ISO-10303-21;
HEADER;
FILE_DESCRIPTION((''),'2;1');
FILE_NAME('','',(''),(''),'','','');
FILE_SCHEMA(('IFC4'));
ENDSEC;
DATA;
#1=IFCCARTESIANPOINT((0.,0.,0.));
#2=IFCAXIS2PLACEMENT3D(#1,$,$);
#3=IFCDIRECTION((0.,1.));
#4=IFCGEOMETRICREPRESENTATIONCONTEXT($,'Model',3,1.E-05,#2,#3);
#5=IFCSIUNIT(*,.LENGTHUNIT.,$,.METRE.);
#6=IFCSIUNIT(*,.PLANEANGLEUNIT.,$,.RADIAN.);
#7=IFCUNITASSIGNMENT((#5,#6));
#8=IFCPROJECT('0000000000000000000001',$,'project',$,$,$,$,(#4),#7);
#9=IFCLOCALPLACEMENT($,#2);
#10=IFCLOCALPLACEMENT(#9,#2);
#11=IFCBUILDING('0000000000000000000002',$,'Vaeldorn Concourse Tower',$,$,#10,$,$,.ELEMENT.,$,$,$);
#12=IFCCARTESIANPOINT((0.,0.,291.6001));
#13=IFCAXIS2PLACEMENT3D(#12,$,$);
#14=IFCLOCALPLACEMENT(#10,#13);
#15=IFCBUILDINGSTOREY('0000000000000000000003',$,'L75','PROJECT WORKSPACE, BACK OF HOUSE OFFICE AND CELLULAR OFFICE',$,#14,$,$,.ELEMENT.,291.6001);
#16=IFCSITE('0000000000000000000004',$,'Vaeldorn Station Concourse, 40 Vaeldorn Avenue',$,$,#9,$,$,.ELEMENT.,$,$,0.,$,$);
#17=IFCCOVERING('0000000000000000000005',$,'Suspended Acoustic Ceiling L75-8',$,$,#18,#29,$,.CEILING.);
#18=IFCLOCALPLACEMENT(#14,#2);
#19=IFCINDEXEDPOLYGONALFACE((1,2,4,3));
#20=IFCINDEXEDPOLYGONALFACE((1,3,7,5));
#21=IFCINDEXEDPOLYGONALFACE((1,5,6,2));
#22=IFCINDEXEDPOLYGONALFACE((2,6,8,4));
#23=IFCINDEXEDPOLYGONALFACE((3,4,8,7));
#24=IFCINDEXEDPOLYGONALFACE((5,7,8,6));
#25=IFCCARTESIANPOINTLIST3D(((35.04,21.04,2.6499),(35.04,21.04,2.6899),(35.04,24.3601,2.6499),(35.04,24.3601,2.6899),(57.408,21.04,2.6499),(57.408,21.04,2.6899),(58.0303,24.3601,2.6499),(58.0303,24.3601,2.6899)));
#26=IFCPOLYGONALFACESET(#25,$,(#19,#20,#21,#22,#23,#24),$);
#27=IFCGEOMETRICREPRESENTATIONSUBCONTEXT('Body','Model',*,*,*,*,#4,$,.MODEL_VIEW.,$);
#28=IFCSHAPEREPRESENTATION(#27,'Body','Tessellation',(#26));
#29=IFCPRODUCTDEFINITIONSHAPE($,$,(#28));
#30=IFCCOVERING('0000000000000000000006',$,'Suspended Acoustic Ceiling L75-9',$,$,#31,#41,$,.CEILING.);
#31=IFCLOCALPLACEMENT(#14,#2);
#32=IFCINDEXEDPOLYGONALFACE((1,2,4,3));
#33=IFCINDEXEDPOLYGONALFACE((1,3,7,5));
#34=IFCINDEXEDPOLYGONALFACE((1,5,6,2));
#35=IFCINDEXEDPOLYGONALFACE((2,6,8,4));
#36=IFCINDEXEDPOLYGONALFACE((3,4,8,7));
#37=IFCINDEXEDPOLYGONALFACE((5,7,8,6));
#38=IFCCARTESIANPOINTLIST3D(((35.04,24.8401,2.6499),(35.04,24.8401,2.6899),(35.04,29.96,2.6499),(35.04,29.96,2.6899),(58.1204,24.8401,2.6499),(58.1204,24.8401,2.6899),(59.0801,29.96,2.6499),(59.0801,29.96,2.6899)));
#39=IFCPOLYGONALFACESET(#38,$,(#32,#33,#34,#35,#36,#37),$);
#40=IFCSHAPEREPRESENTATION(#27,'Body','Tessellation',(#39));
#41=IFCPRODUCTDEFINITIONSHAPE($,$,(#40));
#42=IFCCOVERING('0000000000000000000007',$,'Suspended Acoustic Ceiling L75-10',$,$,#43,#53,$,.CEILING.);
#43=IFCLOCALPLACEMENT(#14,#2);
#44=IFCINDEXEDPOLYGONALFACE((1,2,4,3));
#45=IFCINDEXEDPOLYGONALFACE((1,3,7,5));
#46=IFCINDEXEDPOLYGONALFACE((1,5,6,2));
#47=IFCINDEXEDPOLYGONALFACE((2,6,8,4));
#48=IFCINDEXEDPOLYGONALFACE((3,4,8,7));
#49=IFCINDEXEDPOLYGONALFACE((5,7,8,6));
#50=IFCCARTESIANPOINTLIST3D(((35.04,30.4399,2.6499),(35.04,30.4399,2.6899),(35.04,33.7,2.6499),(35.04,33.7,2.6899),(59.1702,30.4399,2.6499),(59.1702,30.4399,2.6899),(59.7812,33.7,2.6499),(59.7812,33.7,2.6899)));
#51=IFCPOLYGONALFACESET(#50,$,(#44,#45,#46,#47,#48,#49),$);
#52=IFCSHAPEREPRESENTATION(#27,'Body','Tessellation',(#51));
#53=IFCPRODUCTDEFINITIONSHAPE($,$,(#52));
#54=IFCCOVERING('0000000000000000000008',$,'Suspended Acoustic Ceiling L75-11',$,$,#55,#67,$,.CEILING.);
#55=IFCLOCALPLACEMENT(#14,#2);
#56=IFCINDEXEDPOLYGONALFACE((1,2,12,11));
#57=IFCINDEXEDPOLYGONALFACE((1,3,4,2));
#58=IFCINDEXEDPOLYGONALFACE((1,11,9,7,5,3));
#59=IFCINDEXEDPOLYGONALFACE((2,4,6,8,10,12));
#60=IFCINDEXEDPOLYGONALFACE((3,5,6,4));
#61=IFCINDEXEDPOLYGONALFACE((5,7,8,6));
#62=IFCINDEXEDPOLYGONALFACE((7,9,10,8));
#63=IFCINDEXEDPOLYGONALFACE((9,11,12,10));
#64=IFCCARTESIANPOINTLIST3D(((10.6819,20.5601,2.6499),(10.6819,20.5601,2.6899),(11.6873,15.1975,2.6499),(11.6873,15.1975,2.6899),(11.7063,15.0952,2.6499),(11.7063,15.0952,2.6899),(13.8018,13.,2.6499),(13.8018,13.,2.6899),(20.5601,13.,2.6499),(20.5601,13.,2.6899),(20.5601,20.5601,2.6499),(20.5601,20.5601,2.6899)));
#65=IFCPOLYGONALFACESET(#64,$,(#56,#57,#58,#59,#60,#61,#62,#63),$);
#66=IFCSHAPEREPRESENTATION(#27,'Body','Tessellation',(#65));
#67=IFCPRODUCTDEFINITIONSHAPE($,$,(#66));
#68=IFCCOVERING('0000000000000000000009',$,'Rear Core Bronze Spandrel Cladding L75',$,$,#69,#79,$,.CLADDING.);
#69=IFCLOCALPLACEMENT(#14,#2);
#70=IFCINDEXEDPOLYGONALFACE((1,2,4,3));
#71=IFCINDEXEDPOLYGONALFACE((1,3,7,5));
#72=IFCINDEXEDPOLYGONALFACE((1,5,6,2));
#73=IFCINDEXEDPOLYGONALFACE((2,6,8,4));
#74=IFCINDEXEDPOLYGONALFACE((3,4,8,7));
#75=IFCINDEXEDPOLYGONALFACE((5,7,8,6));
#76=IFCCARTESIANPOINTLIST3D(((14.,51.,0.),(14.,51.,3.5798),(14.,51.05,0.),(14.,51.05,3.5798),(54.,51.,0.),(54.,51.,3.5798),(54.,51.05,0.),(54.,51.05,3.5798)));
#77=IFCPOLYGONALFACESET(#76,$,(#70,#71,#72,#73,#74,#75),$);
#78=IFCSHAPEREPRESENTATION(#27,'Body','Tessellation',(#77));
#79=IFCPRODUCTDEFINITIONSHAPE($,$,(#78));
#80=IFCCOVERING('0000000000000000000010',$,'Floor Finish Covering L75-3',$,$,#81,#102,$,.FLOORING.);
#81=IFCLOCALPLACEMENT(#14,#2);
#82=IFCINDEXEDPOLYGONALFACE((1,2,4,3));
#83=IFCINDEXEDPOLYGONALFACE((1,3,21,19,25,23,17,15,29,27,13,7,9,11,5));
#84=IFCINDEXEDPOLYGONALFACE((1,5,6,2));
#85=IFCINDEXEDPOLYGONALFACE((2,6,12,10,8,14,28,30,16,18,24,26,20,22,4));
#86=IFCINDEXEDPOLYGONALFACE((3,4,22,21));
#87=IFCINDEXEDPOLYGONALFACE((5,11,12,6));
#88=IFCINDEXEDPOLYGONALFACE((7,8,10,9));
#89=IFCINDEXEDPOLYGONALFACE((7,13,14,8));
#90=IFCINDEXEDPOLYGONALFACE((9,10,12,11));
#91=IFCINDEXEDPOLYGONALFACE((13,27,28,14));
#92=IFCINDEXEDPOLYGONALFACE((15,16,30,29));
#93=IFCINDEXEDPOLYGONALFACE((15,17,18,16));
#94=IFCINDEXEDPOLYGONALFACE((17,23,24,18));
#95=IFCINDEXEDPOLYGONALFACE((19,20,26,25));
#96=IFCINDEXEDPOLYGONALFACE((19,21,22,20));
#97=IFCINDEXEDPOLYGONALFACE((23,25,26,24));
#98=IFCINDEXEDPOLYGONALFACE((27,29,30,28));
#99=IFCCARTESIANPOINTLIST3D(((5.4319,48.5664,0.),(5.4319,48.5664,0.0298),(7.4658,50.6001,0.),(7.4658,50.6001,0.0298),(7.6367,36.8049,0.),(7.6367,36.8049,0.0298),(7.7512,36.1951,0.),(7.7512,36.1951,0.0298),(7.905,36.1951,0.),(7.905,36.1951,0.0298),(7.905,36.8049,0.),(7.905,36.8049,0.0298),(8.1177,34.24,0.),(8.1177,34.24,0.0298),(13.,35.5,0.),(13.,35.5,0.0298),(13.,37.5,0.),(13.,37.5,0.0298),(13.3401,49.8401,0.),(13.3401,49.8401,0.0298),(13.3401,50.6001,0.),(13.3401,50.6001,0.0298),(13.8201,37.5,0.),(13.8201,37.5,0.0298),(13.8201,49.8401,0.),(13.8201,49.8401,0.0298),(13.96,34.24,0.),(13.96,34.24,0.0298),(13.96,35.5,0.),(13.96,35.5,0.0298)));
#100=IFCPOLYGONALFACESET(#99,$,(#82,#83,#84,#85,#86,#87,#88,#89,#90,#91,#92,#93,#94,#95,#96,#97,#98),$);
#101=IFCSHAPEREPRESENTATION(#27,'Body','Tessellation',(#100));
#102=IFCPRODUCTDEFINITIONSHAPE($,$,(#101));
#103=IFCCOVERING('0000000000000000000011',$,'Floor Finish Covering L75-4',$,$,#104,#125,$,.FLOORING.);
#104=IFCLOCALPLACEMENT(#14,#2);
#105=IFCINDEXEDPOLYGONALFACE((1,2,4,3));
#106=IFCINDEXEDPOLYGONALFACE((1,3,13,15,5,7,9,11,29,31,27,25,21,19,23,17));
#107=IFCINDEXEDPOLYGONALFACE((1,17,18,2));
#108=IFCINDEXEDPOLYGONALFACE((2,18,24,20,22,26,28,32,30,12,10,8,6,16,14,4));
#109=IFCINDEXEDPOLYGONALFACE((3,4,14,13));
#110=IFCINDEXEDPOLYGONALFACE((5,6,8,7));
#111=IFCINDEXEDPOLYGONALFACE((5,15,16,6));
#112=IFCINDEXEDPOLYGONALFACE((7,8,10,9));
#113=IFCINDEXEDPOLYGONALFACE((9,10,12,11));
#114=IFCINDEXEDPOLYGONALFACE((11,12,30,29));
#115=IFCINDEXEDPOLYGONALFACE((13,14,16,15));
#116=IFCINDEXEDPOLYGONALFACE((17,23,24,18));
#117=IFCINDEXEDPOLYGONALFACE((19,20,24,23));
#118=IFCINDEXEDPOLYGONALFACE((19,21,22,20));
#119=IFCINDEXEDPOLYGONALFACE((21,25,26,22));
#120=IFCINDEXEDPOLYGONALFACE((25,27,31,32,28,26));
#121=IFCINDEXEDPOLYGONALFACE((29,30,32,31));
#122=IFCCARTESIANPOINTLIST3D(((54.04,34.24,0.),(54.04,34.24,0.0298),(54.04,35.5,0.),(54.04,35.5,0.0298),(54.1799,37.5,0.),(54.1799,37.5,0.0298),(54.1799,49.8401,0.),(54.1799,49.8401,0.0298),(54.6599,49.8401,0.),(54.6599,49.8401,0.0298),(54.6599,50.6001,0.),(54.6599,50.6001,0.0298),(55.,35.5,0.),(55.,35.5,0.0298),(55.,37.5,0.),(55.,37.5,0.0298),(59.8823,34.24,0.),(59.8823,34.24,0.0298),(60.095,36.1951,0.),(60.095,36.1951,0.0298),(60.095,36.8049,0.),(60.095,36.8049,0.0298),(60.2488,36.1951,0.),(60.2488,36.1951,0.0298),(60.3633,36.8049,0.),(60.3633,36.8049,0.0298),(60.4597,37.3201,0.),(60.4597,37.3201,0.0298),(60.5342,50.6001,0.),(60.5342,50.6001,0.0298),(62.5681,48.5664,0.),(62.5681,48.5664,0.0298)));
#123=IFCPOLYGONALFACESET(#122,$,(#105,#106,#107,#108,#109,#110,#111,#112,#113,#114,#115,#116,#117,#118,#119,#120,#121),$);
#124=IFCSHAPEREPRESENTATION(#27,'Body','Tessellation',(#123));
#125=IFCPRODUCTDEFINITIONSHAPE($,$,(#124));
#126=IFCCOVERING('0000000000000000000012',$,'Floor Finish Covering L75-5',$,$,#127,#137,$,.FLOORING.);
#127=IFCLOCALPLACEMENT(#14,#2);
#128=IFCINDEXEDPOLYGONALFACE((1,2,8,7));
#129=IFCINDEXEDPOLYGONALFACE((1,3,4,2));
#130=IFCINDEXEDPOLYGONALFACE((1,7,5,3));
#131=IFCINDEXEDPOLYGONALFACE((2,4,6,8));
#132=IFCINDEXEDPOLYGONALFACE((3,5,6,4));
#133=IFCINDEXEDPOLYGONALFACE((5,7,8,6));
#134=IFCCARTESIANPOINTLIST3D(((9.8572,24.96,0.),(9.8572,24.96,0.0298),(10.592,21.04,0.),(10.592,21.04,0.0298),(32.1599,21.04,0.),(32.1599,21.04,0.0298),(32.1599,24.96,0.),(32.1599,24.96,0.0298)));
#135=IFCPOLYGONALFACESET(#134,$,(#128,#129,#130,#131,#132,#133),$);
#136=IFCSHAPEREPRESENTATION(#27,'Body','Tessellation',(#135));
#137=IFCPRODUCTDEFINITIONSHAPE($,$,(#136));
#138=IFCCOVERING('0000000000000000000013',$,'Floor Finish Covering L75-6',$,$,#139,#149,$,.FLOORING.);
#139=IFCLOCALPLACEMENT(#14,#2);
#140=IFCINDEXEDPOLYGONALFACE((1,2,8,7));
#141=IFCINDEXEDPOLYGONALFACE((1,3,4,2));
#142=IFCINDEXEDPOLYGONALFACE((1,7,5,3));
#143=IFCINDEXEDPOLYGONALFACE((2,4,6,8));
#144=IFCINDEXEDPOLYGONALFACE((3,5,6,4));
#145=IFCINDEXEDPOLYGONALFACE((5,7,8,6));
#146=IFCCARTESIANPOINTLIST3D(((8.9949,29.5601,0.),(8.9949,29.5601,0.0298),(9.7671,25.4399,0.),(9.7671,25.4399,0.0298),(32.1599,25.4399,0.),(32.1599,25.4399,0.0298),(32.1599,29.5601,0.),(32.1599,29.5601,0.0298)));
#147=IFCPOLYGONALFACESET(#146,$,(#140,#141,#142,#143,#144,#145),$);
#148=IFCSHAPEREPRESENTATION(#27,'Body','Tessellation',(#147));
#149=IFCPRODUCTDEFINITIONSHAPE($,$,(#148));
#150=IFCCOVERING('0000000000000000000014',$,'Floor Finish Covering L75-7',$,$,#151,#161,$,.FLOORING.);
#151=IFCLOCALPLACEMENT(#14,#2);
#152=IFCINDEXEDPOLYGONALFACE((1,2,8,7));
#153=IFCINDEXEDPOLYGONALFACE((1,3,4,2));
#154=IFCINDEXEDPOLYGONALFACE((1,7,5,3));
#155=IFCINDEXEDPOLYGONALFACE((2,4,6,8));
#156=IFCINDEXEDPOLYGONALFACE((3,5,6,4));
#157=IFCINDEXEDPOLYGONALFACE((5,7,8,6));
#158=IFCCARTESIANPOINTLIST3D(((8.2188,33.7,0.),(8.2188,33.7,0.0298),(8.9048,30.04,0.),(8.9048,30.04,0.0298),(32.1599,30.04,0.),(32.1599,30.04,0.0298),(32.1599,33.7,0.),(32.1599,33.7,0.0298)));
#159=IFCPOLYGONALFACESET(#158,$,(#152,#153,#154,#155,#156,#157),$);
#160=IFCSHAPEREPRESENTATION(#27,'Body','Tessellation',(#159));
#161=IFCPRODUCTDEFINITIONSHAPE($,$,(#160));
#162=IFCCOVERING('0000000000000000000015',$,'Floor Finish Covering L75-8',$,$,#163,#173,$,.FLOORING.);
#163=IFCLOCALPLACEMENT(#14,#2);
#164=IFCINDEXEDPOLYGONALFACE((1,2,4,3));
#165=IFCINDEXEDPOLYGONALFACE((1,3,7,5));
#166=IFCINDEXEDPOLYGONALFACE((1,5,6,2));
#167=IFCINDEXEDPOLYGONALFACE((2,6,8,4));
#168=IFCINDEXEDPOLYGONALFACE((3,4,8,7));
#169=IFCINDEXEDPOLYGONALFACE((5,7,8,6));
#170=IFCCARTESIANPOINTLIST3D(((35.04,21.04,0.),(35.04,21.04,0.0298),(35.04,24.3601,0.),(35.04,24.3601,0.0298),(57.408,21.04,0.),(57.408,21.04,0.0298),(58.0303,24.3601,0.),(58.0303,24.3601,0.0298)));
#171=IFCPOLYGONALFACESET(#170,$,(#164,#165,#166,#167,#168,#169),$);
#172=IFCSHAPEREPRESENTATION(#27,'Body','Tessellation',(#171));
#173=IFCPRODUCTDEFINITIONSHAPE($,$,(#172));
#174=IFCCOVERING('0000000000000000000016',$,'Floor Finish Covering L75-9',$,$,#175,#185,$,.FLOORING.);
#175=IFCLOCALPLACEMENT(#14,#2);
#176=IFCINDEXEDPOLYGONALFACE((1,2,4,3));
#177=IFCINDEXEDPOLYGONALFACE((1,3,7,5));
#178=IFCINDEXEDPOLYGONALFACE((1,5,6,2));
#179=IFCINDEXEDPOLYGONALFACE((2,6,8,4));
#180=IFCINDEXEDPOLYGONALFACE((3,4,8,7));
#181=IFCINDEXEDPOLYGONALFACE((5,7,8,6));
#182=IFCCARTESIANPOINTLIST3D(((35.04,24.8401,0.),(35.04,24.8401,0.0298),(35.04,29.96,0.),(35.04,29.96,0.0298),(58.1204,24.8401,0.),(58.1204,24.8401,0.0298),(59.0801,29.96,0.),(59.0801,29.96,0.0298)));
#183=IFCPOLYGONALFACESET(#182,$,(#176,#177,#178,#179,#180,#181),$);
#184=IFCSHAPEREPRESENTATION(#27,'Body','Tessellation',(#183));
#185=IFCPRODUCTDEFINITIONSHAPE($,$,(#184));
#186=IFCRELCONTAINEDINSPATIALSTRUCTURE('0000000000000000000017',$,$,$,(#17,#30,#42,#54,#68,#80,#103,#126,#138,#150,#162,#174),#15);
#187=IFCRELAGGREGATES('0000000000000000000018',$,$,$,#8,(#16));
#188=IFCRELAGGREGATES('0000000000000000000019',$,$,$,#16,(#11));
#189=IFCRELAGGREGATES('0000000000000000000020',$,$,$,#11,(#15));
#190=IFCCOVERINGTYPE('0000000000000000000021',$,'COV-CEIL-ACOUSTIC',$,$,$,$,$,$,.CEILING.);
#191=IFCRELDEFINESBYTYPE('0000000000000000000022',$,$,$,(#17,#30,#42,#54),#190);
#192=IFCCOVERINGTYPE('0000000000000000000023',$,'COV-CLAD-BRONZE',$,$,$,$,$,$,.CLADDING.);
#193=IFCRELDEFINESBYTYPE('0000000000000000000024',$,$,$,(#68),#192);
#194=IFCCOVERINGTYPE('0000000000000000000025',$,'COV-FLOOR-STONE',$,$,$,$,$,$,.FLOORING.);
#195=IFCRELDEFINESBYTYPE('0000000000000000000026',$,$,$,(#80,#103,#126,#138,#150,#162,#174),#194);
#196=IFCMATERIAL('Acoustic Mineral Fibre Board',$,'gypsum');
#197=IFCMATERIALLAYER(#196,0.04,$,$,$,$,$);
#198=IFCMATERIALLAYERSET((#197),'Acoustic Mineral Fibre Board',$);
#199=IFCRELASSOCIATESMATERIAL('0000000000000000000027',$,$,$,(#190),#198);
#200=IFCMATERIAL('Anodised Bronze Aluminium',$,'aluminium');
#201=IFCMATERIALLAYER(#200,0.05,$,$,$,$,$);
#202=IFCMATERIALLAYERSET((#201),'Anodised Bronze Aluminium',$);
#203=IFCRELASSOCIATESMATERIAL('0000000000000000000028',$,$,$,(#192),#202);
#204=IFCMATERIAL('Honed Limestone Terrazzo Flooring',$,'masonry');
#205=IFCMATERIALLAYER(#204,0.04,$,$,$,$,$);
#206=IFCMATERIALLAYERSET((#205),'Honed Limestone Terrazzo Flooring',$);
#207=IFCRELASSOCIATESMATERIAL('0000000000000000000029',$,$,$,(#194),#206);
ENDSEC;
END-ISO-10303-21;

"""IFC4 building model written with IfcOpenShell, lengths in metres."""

from ifc_helpers import new_model, si_unit, direction, frame, origin, place, context, subcontext, project, spatial, polyline, outline, extrude, material, layer, layer_set, type_object, element, save


model = new_model("IFC4")

# Units and contexts
model_context = context("Model", 3, precision=1e-05, world=origin(), true_north=direction((0.0, 1.0)))
body_context = subcontext(model_context, "Body", "Model", "MODEL_VIEW")
ifc_project = project(units=[si_unit("LENGTHUNIT", "METRE"), si_unit("PLANEANGLEUNIT", "RADIAN")], contexts=[model_context])

# Site, building, storey
site_placement = place(None, origin())
site = spatial("IfcSite", under=ifc_project, at=site_placement, Name="Vaeldorn Station Concourse, 40 Vaeldorn Avenue", CompositionType="ELEMENT", RefElevation=0.0)
building_placement = place(site_placement, origin())
building = spatial("IfcBuilding", under=site, at=building_placement, Name="Vaeldorn Concourse Tower", CompositionType="ELEMENT")
storey_placement = place(building_placement, frame((0.0, 0.0, 291.6001)))
storey = spatial("IfcBuildingStorey", under=building, at=storey_placement, Name="L75", Description="PROJECT WORKSPACE, BACK OF HOUSE OFFICE AND CELLULAR OFFICE", CompositionType="ELEMENT", Elevation=291.6001)

# Coverings
ifc_material_1 = material(Name="Acoustic Mineral Fibre Board", Category="gypsum")
ifc_layer_1 = layer(ifc_material_1, 0.04)
ifc_layer_set_1 = layer_set([ifc_layer_1], Name="Acoustic Mineral Fibre Board")
covering_type_1 = type_object("IfcCoveringType", Name="COV-CEIL-ACOUSTIC", PredefinedType="CEILING", material=ifc_layer_set_1)
covering_1_placement = place(storey_placement, frame((0.0, 0.0, 2.6499)))
element("IfcCovering", 1, at=covering_1_placement, inside=storey, type_object=covering_type_1, Name="Suspended Acoustic Ceiling L75-8", PredefinedType="CEILING", context=body_context, shape_type="SweptSolid", body=[
    extrude(outline(polyline([(35.04, 21.04), (35.04, 24.3601), (58.0303, 24.3601), (57.408, 21.04), (35.04, 21.04)])), origin(), (0.0, 0.0, 1.0), 0.04),
])
covering_2_placement = place(storey_placement, frame((0.0, 0.0, 2.6499)))
element("IfcCovering", 2, at=covering_2_placement, inside=storey, type_object=covering_type_1, Name="Suspended Acoustic Ceiling L75-9", PredefinedType="CEILING", context=body_context, shape_type="SweptSolid", body=[
    extrude(outline(polyline([(35.04, 24.8401), (35.04, 29.96), (59.0801, 29.96), (58.1204, 24.8401), (35.04, 24.8401)])), origin(), (0.0, 0.0, 1.0), 0.04),
])
covering_3_placement = place(storey_placement, frame((0.0, 0.0, 2.6499)))
element("IfcCovering", 3, at=covering_3_placement, inside=storey, type_object=covering_type_1, Name="Suspended Acoustic Ceiling L75-10", PredefinedType="CEILING", context=body_context, shape_type="SweptSolid", body=[
    extrude(outline(polyline([(35.04, 30.4399), (35.04, 33.7), (59.7812, 33.7), (59.1702, 30.4399), (35.04, 30.4399)])), origin(), (0.0, 0.0, 1.0), 0.04),
])
covering_4_placement = place(storey_placement, frame((0.0, 0.0, 2.6499)))
element("IfcCovering", 4, at=covering_4_placement, inside=storey, type_object=covering_type_1, Name="Suspended Acoustic Ceiling L75-11", PredefinedType="CEILING", context=body_context, shape_type="SweptSolid", body=[
    extrude(outline(polyline([(20.5601, 20.5601), (20.5601, 13.0), (13.8018, 13.0), (11.7063, 15.0952), (11.6873, 15.1975), (10.6819, 20.5601), (20.5601, 20.5601)])), origin(), (0.0, 0.0, 1.0), 0.04),
])
ifc_material_2 = material(Name="Anodised Bronze Aluminium", Category="aluminium")
ifc_layer_2 = layer(ifc_material_2, 0.05)
ifc_layer_set_2 = layer_set([ifc_layer_2], Name="Anodised Bronze Aluminium")
covering_type_2 = type_object("IfcCoveringType", Name="COV-CLAD-BRONZE", PredefinedType="CLADDING", material=ifc_layer_set_2)
covering_5_placement = place(storey_placement, origin())
element("IfcCovering", 5, at=covering_5_placement, inside=storey, type_object=covering_type_2, Name="Rear Core Bronze Spandrel Cladding L75", PredefinedType="CLADDING", context=body_context, shape_type="SweptSolid", body=[
    extrude(outline(polyline([(14.0, 51.0), (54.0, 51.0), (54.0, 51.05), (14.0, 51.05), (14.0, 51.0)])), origin(), (0.0, 0.0, 1.0), 3.5798),
])
ifc_material_3 = material(Name="Honed Limestone Terrazzo Flooring", Category="masonry")
ifc_layer_3 = layer(ifc_material_3, 0.04)
ifc_layer_set_3 = layer_set([ifc_layer_3], Name="Honed Limestone Terrazzo Flooring")
covering_type_3 = type_object("IfcCoveringType", Name="COV-FLOOR-STONE", PredefinedType="FLOORING", material=ifc_layer_set_3)
covering_6_placement = place(storey_placement, origin())
element("IfcCovering", 6, at=covering_6_placement, inside=storey, type_object=covering_type_3, Name="Floor Finish Covering L75-3", PredefinedType="FLOORING", context=body_context, shape_type="SweptSolid", body=[
    extrude(outline(polyline([(7.4658, 50.6001), (13.3401, 50.6001), (13.3401, 49.8401), (13.8201, 49.8401), (13.8201, 37.5), (13.0, 37.5), (13.0, 35.5), (13.96, 35.5), (13.96, 34.24), (8.1177, 34.24), (7.7512, 36.1951), (7.905, 36.1951), (7.905, 36.8049), (7.6367, 36.8049), (5.4319, 48.5664), (7.4658, 50.6001)])), origin(), (0.0, 0.0, 1.0), 0.0298),
])
covering_7_placement = place(storey_placement, origin())
element("IfcCovering", 7, at=covering_7_placement, inside=storey, type_object=covering_type_3, Name="Floor Finish Covering L75-4", PredefinedType="FLOORING", context=body_context, shape_type="SweptSolid", body=[
    extrude(outline(polyline([(54.1799, 49.8401), (54.6599, 49.8401), (54.6599, 50.6001), (60.5342, 50.6001), (62.5681, 48.5664), (60.4597, 37.3201), (60.4597, 37.3201), (60.3633, 36.8049), (60.095, 36.8049), (60.095, 36.1951), (60.2488, 36.1951), (59.8823, 34.24), (54.04, 34.24), (54.04, 35.5), (55.0, 35.5), (55.0, 37.5), (54.1799, 37.5), (54.1799, 49.8401)])), origin(), (0.0, 0.0, 1.0), 0.0298),
])
covering_8_placement = place(storey_placement, origin())
element("IfcCovering", 8, at=covering_8_placement, inside=storey, type_object=covering_type_3, Name="Floor Finish Covering L75-5", PredefinedType="FLOORING", context=body_context, shape_type="SweptSolid", body=[
    extrude(outline(polyline([(32.1599, 24.96), (32.1599, 21.04), (10.592, 21.04), (9.8572, 24.96), (32.1599, 24.96)])), origin(), (0.0, 0.0, 1.0), 0.0298),
])
covering_9_placement = place(storey_placement, origin())
element("IfcCovering", 9, at=covering_9_placement, inside=storey, type_object=covering_type_3, Name="Floor Finish Covering L75-6", PredefinedType="FLOORING", context=body_context, shape_type="SweptSolid", body=[
    extrude(outline(polyline([(32.1599, 29.5601), (32.1599, 25.4399), (9.7671, 25.4399), (8.9949, 29.5601), (32.1599, 29.5601)])), origin(), (0.0, 0.0, 1.0), 0.0298),
])
covering_10_placement = place(storey_placement, origin())
element("IfcCovering", 10, at=covering_10_placement, inside=storey, type_object=covering_type_3, Name="Floor Finish Covering L75-7", PredefinedType="FLOORING", context=body_context, shape_type="SweptSolid", body=[
    extrude(outline(polyline([(32.1599, 33.7), (32.1599, 30.04), (8.9048, 30.04), (8.2188, 33.7), (32.1599, 33.7)])), origin(), (0.0, 0.0, 1.0), 0.0298),
])
covering_11_placement = place(storey_placement, origin())
element("IfcCovering", 11, at=covering_11_placement, inside=storey, type_object=covering_type_3, Name="Floor Finish Covering L75-8", PredefinedType="FLOORING", context=body_context, shape_type="SweptSolid", body=[
    extrude(outline(polyline([(35.04, 21.04), (35.04, 24.3601), (58.0303, 24.3601), (57.408, 21.04), (35.04, 21.04)])), origin(), (0.0, 0.0, 1.0), 0.0298),
])
covering_12_placement = place(storey_placement, origin())
element("IfcCovering", 12, at=covering_12_placement, inside=storey, type_object=covering_type_3, Name="Floor Finish Covering L75-9", PredefinedType="FLOORING", context=body_context, shape_type="SweptSolid", body=[
    extrude(outline(polyline([(35.04, 24.8401), (35.04, 29.96), (59.0801, 29.96), (58.1204, 24.8401), (35.04, 24.8401)])), origin(), (0.0, 0.0, 1.0), 0.0298),
])

save(model, "model.ifc")
